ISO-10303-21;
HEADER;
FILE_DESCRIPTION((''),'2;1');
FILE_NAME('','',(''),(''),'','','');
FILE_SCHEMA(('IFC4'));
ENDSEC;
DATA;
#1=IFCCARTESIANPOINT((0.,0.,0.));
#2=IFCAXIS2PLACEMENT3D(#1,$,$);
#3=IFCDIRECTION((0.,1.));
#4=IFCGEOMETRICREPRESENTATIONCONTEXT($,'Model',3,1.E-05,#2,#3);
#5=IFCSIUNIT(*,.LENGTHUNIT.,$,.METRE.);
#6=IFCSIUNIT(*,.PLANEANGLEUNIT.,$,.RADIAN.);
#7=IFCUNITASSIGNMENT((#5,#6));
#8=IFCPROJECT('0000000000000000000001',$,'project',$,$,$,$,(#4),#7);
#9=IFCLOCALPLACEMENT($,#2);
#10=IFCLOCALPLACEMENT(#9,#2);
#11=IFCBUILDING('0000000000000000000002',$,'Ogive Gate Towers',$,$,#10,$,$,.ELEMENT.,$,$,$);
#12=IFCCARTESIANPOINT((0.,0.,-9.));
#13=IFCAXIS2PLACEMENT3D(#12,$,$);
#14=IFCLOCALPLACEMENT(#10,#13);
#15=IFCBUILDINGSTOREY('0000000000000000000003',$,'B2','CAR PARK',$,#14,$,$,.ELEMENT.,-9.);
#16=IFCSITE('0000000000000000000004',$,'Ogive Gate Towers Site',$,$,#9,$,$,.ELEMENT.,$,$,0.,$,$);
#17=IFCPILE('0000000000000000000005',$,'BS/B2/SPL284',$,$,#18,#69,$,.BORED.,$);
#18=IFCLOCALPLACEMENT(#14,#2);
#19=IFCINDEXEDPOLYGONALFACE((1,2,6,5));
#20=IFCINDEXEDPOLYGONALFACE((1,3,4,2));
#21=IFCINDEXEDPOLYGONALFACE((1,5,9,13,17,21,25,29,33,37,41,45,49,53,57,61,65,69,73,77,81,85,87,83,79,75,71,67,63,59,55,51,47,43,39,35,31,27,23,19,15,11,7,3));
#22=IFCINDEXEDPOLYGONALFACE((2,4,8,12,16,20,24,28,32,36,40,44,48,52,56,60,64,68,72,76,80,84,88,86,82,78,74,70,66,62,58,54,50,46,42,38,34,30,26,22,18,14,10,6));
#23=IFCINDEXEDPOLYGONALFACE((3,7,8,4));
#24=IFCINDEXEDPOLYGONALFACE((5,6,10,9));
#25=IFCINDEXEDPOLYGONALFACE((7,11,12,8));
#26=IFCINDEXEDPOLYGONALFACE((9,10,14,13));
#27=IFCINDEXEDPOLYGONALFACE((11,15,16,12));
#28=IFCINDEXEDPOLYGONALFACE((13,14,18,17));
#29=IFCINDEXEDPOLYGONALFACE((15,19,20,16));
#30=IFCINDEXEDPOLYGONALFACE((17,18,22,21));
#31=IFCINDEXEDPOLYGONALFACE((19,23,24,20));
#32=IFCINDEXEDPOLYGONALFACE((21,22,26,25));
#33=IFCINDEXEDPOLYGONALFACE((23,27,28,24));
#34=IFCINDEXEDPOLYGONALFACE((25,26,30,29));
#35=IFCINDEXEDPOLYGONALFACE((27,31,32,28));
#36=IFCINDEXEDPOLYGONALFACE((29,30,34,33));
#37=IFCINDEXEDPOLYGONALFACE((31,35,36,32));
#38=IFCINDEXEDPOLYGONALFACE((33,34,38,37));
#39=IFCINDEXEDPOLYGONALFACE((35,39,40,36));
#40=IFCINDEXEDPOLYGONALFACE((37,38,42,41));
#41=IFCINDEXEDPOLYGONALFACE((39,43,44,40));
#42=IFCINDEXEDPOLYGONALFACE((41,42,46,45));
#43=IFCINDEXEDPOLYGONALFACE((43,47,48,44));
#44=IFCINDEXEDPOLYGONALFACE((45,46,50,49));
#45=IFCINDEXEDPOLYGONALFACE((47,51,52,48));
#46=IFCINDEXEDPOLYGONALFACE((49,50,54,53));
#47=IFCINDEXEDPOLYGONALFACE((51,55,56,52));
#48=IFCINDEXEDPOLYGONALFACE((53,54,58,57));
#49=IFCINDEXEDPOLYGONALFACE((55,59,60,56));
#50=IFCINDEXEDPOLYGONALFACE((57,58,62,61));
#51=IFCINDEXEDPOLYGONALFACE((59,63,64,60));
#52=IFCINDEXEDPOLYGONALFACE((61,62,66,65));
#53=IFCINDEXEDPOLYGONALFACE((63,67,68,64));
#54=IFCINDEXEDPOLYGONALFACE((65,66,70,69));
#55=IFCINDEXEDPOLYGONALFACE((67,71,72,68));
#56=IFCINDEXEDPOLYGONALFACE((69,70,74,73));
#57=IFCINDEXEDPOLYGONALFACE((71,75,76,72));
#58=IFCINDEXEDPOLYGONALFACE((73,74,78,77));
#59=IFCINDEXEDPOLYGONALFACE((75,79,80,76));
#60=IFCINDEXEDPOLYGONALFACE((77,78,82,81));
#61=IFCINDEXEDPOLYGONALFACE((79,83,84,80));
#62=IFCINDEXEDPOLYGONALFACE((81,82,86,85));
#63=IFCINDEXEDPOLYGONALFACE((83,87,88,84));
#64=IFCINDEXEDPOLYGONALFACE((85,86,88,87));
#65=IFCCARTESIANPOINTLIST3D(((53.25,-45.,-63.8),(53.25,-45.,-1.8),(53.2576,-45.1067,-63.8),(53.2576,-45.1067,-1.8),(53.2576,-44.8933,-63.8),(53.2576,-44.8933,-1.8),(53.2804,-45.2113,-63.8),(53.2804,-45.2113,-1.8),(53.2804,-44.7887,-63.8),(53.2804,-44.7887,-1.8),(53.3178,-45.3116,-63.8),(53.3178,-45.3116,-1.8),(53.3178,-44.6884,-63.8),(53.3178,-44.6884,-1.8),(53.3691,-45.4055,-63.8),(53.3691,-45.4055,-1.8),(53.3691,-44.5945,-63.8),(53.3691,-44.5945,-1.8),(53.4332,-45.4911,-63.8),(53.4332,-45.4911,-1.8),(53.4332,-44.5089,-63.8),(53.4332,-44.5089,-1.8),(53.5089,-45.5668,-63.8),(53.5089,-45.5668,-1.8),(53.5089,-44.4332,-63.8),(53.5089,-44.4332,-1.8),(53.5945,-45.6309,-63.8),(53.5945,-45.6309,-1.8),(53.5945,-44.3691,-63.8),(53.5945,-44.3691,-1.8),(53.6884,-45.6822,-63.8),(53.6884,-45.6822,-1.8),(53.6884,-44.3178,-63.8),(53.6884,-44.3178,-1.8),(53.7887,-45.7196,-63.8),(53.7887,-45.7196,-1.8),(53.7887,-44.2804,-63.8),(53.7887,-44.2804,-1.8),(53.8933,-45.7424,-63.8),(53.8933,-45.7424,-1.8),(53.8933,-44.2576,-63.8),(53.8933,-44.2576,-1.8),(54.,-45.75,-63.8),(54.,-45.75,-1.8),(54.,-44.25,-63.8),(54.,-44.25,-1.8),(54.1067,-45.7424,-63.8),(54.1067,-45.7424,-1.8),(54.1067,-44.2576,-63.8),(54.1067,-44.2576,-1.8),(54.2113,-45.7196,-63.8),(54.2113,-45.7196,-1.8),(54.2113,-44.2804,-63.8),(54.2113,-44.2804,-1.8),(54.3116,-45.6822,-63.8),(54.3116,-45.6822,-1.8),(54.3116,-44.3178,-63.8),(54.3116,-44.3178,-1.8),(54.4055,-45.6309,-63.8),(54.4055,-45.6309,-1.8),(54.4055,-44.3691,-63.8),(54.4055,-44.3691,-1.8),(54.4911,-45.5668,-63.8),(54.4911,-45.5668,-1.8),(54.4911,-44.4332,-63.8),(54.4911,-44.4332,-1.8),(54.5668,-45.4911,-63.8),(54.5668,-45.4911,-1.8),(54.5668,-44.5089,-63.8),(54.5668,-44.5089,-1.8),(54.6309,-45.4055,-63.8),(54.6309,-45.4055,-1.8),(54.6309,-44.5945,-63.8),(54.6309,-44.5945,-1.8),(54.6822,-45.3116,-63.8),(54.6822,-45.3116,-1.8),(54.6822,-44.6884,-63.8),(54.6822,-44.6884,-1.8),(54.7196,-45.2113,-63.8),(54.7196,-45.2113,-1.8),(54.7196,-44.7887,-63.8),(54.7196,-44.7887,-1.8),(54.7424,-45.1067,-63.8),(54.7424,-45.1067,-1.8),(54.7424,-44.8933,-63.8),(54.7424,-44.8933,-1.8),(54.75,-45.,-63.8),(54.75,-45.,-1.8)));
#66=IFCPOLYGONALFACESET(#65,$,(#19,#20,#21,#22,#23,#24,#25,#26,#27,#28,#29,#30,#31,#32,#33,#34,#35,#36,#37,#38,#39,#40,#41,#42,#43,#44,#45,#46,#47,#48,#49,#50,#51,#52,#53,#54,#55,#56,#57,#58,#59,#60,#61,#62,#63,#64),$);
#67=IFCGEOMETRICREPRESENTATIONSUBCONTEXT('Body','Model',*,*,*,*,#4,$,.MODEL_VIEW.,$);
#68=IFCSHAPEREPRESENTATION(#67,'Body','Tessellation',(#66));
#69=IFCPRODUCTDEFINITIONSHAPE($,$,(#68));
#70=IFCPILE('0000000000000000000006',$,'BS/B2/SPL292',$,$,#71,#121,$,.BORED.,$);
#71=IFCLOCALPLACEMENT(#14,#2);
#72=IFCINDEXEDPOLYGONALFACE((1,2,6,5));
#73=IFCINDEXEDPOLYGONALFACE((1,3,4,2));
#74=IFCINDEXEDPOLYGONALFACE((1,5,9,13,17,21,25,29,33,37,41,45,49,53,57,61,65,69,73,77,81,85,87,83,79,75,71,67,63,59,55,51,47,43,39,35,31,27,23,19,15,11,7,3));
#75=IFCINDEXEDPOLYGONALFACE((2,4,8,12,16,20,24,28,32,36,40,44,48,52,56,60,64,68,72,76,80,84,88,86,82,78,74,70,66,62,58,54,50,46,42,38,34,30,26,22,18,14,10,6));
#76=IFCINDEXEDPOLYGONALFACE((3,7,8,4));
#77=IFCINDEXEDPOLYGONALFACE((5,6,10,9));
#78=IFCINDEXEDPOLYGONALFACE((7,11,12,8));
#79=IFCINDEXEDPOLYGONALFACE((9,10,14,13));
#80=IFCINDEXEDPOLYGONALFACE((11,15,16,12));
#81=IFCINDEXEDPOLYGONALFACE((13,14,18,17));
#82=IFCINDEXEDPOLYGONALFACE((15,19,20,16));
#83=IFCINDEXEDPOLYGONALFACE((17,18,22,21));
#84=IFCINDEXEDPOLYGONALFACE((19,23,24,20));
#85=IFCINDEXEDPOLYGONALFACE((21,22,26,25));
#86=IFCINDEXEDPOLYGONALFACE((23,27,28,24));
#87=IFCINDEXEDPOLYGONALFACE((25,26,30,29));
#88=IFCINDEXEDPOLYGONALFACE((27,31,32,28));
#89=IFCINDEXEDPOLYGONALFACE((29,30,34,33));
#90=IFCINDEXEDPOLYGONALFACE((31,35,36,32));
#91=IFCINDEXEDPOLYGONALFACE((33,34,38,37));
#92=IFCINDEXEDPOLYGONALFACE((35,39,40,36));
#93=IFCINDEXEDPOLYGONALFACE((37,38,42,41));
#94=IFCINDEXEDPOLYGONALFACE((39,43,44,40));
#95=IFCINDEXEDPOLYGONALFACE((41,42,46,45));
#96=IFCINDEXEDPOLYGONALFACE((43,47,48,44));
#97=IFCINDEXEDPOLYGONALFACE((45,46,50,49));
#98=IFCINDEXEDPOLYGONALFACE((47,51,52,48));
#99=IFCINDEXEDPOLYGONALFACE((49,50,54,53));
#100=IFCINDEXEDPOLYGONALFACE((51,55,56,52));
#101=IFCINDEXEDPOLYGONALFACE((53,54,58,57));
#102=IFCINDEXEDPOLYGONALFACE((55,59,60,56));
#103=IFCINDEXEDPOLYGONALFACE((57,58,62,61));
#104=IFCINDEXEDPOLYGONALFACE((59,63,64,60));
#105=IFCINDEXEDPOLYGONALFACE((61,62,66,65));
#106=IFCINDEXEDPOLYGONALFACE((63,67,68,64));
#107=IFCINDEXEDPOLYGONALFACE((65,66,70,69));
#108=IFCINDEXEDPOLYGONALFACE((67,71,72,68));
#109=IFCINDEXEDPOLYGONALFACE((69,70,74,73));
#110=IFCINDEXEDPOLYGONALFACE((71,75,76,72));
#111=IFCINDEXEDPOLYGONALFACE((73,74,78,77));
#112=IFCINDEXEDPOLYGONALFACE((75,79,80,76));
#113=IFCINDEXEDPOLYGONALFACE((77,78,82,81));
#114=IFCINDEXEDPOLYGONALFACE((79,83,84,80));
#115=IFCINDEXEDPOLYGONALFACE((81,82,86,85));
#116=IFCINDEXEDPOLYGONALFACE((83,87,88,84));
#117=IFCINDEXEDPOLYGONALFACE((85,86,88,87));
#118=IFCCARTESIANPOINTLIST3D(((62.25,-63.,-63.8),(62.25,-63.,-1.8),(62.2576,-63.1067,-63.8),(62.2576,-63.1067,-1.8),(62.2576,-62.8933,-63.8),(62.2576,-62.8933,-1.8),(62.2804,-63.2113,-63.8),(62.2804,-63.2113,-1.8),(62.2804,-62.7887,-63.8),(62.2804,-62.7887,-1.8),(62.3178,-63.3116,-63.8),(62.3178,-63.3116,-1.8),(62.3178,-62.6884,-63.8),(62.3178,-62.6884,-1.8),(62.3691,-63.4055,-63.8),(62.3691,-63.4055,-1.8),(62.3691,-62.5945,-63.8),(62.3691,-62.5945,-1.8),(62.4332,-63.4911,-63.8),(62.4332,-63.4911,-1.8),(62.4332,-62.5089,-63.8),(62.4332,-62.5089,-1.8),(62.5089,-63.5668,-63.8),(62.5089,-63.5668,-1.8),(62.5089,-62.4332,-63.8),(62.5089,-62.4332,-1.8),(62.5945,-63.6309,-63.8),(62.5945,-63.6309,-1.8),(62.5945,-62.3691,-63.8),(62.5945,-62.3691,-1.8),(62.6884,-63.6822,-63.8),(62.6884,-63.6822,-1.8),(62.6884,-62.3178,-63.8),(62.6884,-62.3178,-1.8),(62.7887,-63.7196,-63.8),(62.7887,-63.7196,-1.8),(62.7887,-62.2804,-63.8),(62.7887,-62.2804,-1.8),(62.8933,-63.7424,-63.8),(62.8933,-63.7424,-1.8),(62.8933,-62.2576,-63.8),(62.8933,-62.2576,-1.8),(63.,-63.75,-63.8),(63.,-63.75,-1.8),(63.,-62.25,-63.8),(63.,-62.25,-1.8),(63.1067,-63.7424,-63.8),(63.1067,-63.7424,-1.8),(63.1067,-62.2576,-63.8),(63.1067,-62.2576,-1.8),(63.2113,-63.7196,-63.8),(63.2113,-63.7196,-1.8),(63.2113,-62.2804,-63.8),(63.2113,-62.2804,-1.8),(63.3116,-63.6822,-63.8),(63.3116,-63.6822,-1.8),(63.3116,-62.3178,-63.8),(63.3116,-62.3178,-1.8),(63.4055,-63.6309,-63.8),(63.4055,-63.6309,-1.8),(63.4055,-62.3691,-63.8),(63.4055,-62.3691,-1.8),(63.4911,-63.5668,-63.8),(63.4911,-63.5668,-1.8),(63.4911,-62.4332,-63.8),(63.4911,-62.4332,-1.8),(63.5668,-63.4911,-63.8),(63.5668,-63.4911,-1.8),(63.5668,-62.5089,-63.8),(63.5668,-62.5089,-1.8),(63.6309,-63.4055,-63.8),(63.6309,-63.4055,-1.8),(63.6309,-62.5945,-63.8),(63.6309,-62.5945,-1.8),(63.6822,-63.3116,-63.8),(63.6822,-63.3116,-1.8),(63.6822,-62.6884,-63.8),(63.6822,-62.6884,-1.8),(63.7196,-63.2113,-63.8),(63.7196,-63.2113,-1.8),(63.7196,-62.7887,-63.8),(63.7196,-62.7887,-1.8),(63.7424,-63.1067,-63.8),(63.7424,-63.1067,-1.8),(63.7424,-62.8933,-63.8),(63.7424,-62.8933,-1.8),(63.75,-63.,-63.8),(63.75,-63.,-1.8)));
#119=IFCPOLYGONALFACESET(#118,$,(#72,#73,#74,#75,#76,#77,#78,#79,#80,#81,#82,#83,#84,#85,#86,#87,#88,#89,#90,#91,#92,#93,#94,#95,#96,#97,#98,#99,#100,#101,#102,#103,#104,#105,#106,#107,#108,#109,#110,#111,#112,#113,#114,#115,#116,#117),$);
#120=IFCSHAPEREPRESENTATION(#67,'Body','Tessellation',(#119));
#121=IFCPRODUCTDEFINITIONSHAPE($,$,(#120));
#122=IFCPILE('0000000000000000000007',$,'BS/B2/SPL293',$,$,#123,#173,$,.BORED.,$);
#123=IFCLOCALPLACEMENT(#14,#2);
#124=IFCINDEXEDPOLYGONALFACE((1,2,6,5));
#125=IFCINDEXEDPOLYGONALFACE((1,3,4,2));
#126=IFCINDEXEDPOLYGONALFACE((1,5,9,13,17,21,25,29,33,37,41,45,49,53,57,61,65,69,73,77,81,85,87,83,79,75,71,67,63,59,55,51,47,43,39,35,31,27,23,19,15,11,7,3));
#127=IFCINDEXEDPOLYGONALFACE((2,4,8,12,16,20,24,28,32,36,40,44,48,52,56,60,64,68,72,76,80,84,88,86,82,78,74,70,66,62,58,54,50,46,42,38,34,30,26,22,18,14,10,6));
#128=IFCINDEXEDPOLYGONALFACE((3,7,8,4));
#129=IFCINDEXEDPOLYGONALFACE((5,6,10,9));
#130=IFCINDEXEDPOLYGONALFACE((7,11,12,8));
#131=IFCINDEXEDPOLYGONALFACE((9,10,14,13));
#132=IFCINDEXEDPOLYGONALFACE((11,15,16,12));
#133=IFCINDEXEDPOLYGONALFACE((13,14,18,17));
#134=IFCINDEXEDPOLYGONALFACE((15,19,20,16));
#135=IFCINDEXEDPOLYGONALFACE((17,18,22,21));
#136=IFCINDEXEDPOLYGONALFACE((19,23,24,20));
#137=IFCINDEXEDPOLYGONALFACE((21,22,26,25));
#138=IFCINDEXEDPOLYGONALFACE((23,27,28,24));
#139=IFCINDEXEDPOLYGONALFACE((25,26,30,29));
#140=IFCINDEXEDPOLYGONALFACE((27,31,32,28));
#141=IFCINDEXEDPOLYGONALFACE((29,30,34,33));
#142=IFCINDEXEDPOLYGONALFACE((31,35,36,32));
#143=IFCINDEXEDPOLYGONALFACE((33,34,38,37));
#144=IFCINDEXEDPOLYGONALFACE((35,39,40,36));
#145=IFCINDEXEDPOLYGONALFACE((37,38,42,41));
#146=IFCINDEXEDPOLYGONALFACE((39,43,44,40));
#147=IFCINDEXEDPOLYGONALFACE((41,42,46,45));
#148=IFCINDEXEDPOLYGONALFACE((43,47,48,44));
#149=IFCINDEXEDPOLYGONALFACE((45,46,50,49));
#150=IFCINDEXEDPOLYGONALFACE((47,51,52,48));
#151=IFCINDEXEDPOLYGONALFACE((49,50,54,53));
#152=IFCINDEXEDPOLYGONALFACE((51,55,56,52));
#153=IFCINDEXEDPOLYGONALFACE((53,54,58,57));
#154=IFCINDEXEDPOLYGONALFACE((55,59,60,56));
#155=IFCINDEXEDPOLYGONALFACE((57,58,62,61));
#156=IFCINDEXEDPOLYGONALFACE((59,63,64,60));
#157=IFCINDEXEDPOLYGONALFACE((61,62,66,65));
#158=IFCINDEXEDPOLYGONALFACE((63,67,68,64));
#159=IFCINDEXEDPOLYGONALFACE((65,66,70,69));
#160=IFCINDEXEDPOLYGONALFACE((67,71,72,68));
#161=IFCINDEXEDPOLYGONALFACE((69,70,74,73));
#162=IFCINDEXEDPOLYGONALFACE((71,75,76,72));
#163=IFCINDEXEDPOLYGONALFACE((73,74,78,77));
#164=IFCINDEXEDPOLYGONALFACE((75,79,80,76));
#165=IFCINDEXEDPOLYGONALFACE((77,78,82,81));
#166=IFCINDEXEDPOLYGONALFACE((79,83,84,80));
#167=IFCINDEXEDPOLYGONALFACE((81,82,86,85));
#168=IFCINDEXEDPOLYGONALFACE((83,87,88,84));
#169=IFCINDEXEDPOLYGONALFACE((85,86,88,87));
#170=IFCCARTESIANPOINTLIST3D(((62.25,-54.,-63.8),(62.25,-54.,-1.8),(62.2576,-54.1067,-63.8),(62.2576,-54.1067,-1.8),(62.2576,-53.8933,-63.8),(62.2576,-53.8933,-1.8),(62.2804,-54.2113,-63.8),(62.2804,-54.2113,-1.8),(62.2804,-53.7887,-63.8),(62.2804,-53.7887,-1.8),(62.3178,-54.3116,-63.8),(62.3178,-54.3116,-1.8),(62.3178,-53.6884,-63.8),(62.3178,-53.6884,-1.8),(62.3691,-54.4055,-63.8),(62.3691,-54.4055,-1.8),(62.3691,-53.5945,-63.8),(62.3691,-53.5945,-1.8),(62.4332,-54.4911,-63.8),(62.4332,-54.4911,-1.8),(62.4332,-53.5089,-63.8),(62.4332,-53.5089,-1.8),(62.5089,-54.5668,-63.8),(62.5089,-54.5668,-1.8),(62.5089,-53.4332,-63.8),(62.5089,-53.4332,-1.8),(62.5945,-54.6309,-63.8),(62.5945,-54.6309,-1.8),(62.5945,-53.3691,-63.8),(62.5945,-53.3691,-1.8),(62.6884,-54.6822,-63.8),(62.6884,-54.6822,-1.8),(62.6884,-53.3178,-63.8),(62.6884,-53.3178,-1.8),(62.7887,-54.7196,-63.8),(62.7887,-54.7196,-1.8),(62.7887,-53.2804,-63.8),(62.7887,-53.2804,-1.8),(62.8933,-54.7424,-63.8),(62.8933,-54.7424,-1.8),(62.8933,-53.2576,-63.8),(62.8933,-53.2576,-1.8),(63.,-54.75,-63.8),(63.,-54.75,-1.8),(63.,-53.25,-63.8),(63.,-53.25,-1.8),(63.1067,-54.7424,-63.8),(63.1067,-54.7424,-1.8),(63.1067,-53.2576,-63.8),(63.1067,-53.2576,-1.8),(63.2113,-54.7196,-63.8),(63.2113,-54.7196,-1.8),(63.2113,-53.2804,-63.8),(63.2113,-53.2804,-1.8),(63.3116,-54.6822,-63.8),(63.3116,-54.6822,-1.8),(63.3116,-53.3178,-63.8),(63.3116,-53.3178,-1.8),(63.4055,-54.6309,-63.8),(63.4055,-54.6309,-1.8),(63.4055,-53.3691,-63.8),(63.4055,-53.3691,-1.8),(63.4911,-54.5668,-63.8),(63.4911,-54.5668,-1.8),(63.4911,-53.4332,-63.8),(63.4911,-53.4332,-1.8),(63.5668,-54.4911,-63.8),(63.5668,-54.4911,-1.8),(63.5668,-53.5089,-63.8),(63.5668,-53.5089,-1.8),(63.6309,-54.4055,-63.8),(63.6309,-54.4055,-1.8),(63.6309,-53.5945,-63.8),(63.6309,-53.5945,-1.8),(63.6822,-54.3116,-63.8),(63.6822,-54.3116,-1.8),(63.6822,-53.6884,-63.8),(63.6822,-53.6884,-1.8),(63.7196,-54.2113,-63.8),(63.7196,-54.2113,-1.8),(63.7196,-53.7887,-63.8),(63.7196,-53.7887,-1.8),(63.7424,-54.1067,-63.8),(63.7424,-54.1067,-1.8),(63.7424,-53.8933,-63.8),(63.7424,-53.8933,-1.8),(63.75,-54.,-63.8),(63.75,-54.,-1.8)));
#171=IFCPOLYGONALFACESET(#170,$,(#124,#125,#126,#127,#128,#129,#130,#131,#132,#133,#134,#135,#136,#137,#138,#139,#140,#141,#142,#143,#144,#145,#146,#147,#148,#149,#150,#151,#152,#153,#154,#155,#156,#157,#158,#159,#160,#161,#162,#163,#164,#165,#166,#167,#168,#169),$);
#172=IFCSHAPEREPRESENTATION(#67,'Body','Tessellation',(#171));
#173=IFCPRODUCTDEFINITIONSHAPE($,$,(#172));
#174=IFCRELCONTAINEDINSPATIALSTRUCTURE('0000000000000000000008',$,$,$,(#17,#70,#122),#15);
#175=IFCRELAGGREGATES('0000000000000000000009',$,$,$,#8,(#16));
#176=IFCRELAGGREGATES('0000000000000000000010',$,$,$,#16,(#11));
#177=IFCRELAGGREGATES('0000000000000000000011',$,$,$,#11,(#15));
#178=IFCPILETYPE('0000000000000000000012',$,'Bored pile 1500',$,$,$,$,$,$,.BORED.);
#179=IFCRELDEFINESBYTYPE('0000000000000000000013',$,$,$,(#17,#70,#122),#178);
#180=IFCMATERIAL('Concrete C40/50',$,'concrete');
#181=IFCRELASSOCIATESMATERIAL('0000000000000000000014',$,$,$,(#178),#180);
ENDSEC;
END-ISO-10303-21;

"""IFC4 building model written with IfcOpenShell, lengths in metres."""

from ifc_helpers import new_model, si_unit, direction, frame, origin, origin_2d, place, context, subcontext, project, spatial, circle, extrude, material, material_profile, profile_set, type_object, element, save


model = new_model("IFC4")

# Units and contexts
model_context = context("Model", 3, precision=1e-05, world=origin(), true_north=direction((0.0, 1.0)))
body_context = subcontext(model_context, "Body", "Model", "MODEL_VIEW")
ifc_project = project(units=[si_unit("LENGTHUNIT", "METRE"), si_unit("PLANEANGLEUNIT", "RADIAN")], contexts=[model_context])

# Site, building, storey
site_placement = place(None, origin())
site = spatial("IfcSite", under=ifc_project, at=site_placement, Name="Ogive Gate Towers Site", CompositionType="ELEMENT", RefElevation=0.0)
building_placement = place(site_placement, origin())
building = spatial("IfcBuilding", under=site, at=building_placement, Name="Ogive Gate Towers", CompositionType="ELEMENT")
storey_placement = place(building_placement, frame((0.0, 0.0, -9.0)))
storey = spatial("IfcBuildingStorey", under=building, at=storey_placement, Name="B2", Description="CAR PARK", CompositionType="ELEMENT", Elevation=-9.0)

# Piles
ifc_material_1 = material(Name="Concrete C40/50", Category="concrete")
ifc_material_profile_1 = material_profile(ifc_material_1, circle(Radius=0.75, at=origin_2d()), Name="BP 1500")
ifc_profile_set_1 = profile_set([ifc_material_profile_1], Name="Concrete C40/50")
pile_type = type_object("IfcPileType", Name="Bored pile 1500", PredefinedType="BORED", material=ifc_profile_set_1)
for number, where, z_axis, x_axis, name in (
    (1, (54.0, -45.0, -1.8), (0.0, 0.0, -1.0), (1.0, 0.0, 0.0), "BS/B2/SPL284"),
    (2, (63.0, -63.0, -1.8), (0.0, 0.0, -1.0), (1.0, 0.0, 0.0), "BS/B2/SPL292"),
    (3, (63.0, -54.0, -1.8), (0.0, 0.0, -1.0), (1.0, 0.0, 0.0), "BS/B2/SPL293"),
):
    element("IfcPile", number, at=place(storey_placement, frame(where, z_axis=z_axis, x_axis=x_axis)), inside=storey, type_object=pile_type, Name=name, PredefinedType="BORED", context=body_context, shape_type="SweptSolid", body=[
        extrude(circle(Radius=0.75, at=origin_2d()), origin(), (0.0, 0.0, 1.0), 62.0),
    ])

save(model, "model.ifc")
